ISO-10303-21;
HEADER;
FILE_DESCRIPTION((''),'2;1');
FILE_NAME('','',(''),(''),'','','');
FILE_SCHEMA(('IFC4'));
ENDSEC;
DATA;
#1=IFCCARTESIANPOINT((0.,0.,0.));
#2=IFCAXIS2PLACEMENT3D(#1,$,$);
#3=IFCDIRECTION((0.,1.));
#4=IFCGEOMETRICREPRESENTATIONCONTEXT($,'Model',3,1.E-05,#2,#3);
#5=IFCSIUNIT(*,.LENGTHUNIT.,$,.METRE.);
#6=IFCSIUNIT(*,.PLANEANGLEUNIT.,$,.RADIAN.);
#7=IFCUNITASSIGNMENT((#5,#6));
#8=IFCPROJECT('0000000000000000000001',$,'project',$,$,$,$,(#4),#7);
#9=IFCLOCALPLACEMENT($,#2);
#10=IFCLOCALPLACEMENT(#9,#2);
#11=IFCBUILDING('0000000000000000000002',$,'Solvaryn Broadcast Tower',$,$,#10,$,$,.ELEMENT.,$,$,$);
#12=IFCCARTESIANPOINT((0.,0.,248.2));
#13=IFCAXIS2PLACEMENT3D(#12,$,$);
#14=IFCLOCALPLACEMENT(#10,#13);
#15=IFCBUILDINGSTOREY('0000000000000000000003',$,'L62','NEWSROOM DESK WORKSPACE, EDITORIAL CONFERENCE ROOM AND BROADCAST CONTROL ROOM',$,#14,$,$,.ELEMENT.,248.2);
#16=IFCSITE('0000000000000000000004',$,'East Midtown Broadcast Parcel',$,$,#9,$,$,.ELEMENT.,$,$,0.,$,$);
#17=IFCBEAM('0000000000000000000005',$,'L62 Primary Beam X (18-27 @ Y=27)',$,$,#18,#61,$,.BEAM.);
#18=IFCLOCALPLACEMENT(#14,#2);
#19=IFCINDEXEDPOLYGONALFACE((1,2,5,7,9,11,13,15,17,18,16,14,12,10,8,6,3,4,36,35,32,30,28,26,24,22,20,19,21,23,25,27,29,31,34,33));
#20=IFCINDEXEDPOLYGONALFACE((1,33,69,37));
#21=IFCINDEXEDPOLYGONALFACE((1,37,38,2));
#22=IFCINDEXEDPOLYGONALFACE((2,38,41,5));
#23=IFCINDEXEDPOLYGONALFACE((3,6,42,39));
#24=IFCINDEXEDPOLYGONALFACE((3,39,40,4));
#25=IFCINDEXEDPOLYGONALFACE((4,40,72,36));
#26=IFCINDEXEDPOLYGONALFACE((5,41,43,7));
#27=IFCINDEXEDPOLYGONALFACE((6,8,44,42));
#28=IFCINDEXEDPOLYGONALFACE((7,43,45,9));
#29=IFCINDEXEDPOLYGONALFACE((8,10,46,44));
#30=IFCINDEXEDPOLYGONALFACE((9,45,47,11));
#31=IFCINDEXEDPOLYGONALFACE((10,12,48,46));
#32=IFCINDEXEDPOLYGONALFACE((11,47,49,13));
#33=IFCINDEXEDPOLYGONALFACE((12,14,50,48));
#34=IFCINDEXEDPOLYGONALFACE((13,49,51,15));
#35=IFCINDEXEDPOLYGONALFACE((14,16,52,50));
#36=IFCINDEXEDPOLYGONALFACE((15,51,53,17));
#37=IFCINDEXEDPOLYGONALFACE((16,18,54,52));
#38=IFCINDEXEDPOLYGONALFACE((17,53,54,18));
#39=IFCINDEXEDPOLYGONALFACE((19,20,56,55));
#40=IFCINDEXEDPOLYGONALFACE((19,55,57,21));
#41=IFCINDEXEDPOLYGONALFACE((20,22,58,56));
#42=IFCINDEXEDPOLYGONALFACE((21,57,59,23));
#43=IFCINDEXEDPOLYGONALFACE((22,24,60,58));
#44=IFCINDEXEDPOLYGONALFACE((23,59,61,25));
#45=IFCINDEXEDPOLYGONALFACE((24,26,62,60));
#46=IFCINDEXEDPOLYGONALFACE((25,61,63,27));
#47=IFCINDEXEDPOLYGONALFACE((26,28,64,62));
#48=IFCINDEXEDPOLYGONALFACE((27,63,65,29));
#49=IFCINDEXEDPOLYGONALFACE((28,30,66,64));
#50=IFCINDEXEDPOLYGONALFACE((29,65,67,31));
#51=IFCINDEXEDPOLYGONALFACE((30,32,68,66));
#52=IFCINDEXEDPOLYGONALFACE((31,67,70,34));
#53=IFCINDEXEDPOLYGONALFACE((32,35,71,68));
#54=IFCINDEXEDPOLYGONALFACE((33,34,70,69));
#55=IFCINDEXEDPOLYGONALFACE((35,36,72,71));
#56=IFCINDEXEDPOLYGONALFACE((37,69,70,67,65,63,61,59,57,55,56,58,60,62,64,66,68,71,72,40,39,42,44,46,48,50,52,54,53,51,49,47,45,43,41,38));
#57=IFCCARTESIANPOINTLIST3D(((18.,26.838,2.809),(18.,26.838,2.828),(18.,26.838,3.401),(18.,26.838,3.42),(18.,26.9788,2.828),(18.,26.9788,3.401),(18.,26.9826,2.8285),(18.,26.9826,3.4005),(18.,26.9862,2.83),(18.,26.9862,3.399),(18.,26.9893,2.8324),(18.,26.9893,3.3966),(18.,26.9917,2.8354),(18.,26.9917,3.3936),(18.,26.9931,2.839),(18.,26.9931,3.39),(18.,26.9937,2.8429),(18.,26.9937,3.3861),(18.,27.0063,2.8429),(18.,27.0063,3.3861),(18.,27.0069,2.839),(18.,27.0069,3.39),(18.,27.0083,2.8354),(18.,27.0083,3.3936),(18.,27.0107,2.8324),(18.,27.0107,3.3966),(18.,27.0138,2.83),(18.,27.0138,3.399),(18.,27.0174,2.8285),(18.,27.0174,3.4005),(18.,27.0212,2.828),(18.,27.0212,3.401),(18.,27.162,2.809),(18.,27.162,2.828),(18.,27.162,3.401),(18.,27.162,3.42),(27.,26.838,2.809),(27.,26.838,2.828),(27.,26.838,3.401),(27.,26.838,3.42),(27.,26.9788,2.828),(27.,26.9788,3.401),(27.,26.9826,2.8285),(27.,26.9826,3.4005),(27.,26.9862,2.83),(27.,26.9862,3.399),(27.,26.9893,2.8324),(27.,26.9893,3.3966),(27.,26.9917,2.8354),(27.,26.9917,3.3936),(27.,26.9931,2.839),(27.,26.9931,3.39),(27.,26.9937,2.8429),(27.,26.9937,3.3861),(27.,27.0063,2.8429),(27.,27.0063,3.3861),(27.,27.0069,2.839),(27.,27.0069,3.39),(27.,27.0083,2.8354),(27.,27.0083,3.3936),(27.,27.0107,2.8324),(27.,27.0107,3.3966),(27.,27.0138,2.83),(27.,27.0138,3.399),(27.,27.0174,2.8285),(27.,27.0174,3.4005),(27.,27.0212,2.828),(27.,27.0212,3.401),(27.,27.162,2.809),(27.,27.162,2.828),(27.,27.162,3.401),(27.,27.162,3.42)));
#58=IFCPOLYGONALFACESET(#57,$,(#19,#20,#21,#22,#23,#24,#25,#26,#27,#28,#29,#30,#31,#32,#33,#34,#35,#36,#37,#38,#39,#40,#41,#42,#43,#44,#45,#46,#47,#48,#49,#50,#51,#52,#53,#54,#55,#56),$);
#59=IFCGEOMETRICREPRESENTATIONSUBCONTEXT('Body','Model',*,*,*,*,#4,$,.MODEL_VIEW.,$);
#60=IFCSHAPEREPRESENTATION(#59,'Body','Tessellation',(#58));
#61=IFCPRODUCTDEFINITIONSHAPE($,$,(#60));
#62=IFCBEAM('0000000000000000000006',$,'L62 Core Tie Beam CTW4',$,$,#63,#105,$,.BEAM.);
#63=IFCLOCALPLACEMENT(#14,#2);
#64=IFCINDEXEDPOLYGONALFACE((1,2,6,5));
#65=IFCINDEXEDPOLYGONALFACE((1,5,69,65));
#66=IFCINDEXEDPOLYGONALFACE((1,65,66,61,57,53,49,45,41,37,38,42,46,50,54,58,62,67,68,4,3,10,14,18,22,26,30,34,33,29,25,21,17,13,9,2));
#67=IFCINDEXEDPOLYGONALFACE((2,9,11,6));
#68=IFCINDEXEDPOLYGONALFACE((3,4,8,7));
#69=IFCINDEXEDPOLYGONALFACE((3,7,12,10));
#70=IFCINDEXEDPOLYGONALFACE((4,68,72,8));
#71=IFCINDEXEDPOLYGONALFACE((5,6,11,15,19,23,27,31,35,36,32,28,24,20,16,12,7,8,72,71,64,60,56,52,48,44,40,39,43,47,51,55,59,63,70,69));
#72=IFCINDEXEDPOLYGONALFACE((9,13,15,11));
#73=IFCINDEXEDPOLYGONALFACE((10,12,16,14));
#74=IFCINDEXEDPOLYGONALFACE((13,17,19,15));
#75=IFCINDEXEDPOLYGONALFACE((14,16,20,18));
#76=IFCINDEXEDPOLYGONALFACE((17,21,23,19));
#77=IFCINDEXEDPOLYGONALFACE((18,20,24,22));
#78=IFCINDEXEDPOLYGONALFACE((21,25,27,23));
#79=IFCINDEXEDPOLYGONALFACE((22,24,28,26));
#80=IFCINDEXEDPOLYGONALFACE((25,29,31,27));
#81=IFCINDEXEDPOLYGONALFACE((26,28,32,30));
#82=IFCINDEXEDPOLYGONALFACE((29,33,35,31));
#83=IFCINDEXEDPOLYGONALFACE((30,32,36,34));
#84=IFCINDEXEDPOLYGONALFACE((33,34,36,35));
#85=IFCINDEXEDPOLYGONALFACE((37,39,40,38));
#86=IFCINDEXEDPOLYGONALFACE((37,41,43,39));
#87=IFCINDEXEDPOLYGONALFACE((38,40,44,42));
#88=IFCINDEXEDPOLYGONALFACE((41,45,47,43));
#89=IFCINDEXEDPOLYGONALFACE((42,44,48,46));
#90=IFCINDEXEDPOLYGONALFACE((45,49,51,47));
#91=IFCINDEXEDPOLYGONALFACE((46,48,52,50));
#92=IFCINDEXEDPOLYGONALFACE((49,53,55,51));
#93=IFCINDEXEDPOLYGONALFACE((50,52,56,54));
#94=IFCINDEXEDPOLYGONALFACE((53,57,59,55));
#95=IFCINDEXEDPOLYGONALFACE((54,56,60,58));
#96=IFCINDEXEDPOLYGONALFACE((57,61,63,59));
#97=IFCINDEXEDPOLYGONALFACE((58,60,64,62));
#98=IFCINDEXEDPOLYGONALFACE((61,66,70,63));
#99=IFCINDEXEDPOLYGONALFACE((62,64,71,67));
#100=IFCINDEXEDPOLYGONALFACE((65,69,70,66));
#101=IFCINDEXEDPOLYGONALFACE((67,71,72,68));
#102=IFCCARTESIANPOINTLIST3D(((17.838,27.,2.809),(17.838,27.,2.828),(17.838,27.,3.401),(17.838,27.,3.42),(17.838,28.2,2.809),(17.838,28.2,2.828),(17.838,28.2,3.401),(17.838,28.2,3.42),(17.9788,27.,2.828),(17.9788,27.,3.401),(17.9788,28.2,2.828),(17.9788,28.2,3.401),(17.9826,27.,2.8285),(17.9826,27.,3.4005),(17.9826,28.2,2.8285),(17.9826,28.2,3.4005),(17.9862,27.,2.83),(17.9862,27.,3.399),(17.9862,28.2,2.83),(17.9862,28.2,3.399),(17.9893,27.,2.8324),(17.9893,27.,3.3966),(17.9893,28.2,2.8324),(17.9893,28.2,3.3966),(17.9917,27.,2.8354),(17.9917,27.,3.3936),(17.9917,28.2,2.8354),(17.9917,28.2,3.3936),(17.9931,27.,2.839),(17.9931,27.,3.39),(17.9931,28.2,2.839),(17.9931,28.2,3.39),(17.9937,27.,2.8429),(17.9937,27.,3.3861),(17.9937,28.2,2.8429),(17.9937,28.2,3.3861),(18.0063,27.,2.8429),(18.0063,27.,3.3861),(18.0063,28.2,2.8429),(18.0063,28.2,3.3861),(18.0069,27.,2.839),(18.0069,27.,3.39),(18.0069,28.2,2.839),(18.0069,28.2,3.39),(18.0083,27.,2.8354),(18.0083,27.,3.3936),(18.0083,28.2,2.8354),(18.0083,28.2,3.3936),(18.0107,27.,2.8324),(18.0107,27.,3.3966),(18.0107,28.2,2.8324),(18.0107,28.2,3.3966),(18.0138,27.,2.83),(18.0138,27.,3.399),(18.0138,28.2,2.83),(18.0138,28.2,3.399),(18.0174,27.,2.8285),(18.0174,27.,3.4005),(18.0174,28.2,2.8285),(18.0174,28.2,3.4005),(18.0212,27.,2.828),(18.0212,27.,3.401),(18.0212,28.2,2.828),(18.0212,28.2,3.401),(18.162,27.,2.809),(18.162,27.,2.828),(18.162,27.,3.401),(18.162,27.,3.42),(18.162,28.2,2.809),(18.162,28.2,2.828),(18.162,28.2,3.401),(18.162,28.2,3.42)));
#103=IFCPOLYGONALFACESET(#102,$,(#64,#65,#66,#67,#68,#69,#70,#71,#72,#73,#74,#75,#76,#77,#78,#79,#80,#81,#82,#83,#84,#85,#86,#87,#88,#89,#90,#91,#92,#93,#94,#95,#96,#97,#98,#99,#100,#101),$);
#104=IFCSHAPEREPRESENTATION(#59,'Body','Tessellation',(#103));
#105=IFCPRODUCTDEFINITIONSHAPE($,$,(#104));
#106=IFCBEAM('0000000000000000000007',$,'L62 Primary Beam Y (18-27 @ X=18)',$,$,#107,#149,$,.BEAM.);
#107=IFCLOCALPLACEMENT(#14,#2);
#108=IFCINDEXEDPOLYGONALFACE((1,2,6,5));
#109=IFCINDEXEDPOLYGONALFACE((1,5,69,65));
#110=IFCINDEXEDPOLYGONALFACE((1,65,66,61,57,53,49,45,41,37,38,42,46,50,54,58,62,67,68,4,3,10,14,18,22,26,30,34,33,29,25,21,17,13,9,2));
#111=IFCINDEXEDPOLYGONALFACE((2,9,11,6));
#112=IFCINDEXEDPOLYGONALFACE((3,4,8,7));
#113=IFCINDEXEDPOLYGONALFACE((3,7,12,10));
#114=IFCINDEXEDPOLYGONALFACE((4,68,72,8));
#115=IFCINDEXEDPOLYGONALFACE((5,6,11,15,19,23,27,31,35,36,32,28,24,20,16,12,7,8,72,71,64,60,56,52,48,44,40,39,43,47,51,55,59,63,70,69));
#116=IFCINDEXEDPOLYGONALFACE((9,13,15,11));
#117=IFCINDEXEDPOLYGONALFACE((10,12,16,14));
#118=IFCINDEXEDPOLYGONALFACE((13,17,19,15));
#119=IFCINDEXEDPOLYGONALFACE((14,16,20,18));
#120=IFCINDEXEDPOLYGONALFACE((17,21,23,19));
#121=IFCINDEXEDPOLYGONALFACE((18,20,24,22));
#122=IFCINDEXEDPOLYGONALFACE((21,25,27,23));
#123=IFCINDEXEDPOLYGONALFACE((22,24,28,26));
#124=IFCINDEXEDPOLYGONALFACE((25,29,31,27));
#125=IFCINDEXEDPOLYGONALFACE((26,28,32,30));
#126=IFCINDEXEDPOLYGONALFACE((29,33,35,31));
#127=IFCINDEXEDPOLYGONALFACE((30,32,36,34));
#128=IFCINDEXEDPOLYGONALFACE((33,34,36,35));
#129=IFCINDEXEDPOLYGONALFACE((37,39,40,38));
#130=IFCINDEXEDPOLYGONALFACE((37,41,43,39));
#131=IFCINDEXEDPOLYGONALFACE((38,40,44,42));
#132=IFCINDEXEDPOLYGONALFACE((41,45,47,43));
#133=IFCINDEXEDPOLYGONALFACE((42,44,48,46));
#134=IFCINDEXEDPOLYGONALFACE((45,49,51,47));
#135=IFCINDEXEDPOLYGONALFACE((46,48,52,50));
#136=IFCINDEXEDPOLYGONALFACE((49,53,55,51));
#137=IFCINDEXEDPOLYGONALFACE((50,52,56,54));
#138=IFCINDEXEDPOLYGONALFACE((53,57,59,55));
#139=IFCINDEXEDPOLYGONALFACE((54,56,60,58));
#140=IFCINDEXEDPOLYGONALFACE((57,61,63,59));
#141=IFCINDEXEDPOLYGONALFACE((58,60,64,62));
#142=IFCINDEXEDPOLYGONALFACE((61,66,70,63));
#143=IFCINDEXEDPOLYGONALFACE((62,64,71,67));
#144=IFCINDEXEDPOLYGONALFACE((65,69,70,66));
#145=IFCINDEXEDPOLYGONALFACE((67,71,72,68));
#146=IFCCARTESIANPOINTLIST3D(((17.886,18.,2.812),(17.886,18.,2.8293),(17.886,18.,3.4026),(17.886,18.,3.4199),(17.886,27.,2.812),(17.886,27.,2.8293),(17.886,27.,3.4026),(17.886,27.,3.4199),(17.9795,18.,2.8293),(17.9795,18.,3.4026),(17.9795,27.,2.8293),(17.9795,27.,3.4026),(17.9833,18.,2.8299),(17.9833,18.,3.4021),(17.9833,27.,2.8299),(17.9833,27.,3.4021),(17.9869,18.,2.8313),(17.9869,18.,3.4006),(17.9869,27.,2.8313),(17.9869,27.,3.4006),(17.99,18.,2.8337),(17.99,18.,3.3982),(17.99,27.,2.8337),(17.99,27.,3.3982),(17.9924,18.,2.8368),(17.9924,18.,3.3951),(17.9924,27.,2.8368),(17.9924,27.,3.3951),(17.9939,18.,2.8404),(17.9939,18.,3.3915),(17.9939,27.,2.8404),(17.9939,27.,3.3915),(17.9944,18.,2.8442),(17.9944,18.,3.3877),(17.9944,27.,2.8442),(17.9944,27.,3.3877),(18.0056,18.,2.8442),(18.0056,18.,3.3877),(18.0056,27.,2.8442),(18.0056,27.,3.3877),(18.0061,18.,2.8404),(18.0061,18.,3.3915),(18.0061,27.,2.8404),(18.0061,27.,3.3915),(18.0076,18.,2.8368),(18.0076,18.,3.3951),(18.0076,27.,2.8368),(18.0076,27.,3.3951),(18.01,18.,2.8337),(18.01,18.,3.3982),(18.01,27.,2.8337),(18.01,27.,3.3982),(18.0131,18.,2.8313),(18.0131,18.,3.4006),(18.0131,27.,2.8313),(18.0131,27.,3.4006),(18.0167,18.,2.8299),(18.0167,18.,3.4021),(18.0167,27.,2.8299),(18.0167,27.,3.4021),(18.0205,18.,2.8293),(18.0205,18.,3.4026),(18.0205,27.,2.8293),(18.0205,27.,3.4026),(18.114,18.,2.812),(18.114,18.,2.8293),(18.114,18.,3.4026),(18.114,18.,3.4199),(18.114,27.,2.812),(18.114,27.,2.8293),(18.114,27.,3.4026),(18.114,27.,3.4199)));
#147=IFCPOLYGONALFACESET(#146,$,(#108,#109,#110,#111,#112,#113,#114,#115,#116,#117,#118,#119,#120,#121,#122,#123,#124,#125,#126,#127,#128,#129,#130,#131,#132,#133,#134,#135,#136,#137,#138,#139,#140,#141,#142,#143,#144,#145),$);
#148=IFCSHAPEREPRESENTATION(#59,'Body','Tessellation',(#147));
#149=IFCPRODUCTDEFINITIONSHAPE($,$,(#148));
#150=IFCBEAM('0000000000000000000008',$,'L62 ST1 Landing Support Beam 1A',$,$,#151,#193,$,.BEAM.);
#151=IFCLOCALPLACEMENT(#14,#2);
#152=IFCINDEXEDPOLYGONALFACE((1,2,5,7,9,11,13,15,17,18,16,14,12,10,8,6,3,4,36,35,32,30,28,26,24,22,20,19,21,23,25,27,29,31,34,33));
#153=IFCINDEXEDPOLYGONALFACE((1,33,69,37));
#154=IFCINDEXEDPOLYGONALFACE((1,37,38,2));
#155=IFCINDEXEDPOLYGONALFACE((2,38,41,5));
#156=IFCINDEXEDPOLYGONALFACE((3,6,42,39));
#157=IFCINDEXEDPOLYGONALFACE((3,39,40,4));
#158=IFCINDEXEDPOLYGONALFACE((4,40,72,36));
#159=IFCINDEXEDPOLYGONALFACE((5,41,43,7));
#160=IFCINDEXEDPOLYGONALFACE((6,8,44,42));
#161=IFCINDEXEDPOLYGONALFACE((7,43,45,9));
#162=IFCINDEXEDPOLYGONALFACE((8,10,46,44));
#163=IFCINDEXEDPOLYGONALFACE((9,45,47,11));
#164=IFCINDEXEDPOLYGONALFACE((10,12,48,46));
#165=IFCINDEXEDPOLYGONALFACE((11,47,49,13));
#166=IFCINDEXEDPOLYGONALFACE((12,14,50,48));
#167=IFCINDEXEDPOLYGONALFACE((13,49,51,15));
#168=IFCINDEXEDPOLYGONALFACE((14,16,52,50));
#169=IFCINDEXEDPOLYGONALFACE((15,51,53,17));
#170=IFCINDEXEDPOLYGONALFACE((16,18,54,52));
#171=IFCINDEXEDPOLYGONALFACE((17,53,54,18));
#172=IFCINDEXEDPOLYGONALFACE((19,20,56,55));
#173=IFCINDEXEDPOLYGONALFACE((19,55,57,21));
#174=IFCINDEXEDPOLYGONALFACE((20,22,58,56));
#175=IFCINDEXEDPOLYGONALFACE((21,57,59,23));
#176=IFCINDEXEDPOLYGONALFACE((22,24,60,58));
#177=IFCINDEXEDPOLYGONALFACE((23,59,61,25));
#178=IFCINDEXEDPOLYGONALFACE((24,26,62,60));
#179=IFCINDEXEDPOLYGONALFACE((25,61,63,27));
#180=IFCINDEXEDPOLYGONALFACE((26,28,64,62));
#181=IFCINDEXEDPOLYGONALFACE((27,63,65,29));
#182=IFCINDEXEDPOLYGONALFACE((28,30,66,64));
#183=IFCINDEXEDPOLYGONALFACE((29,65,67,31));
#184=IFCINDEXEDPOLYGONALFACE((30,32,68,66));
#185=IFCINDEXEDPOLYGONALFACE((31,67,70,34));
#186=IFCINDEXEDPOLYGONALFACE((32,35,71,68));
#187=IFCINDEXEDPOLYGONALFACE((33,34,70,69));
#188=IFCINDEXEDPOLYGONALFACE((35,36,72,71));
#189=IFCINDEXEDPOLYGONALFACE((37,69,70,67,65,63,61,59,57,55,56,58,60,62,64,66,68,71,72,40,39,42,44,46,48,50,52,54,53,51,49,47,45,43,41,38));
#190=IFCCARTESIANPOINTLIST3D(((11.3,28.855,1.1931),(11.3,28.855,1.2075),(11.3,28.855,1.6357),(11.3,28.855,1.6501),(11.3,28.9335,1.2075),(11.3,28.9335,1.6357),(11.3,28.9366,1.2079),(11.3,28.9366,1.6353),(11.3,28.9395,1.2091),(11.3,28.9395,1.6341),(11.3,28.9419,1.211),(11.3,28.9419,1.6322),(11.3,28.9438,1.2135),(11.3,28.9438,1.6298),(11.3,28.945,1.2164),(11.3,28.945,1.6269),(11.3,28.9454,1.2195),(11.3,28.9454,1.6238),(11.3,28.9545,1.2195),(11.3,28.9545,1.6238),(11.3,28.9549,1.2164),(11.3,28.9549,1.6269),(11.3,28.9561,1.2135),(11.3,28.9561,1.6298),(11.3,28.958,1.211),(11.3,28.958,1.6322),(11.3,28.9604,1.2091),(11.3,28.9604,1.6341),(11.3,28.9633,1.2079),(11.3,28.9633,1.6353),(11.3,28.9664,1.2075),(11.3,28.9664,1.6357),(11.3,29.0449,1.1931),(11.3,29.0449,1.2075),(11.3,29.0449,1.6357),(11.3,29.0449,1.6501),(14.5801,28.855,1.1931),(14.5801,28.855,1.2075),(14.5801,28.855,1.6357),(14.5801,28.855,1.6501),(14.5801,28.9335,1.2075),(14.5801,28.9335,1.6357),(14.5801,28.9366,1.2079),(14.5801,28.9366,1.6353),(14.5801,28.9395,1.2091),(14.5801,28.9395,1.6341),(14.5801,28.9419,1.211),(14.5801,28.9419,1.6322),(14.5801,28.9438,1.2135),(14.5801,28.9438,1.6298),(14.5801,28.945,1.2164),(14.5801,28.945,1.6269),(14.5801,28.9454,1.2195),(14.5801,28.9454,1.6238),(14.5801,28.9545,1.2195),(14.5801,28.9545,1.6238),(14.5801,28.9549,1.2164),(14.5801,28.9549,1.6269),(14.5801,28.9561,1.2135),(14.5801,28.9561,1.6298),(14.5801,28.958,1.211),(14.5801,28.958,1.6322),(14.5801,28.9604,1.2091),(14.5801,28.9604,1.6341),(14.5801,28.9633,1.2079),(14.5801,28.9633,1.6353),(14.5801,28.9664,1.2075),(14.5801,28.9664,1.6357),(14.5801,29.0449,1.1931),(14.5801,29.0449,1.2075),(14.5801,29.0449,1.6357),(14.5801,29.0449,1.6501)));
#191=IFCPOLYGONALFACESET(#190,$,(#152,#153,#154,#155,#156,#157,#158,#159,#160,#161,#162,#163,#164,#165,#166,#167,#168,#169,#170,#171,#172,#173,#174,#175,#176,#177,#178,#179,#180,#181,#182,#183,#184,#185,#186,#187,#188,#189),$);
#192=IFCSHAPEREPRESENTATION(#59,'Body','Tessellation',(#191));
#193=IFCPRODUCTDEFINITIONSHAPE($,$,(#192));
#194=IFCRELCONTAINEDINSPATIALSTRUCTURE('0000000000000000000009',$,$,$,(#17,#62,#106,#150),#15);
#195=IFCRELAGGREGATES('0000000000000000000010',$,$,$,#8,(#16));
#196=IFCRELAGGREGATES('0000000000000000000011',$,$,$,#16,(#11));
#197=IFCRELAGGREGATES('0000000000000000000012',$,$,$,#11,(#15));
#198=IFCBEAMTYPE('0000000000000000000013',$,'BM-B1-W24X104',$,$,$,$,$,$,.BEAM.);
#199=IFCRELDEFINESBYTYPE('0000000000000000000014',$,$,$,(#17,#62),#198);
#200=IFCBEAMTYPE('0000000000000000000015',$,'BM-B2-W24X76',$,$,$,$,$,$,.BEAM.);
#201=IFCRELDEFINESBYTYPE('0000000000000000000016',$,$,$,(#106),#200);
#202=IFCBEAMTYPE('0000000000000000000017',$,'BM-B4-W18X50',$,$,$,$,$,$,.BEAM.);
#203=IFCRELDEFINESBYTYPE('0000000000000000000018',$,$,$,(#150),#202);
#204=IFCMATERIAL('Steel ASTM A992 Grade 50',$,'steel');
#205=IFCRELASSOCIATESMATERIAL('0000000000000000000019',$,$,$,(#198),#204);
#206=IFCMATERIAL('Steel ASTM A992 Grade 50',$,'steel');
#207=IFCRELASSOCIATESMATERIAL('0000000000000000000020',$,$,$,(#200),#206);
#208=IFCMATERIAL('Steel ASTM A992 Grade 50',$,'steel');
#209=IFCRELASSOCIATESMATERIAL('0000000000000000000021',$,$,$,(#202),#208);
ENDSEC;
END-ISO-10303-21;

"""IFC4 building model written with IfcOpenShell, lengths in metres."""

from ifc_helpers import new_model, si_unit, direction, frame, origin, origin_2d, place, context, subcontext, project, spatial, i_section, extrude, material, material_profile, profile_set, type_object, element, save


model = new_model("IFC4")

# Units and contexts
model_context = context("Model", 3, precision=1e-05, world=origin(), true_north=direction((0.0, 1.0)))
body_context = subcontext(model_context, "Body", "Model", "MODEL_VIEW")
ifc_project = project(units=[si_unit("LENGTHUNIT", "METRE"), si_unit("PLANEANGLEUNIT", "RADIAN")], contexts=[model_context])

# Site, building, storey
site_placement = place(None, origin())
site = spatial("IfcSite", under=ifc_project, at=site_placement, Name="East Midtown Broadcast Parcel", CompositionType="ELEMENT", RefElevation=0.0)
building_placement = place(site_placement, origin())
building = spatial("IfcBuilding", under=site, at=building_placement, Name="Solvaryn Broadcast Tower", CompositionType="ELEMENT")
storey_placement = place(building_placement, frame((0.0, 0.0, 248.2)))
storey = spatial("IfcBuildingStorey", under=building, at=storey_placement, Name="L62", Description="NEWSROOM DESK WORKSPACE, EDITORIAL CONFERENCE ROOM AND BROADCAST CONTROL ROOM", CompositionType="ELEMENT", Elevation=248.2)

# Beams
ifc_material_1 = material(Name="Steel ASTM A992 Grade 50", Category="steel")
ifc_material_profile_1 = material_profile(ifc_material_1, i_section(OverallWidth=0.324, OverallDepth=0.6111, WebThickness=0.0127, FlangeThickness=0.019, FilletRadius=0.0149, at=origin_2d()))
ifc_profile_set_1 = profile_set([ifc_material_profile_1], Name="Steel ASTM A992 Grade 50")
beam_type_1 = type_object("IfcBeamType", Name="BM-B1-W24X104", PredefinedType="BEAM", material=ifc_profile_set_1)
for number, where, z_axis, x_axis, name in (
    (1, (18.0, 27.0, 3.1145), (1.0, 0.0, 0.0), (0.0, 1.0, 0.0), "L62 Primary Beam X (18-27 @ Y=27)"),
):
    element("IfcBeam", number, at=place(storey_placement, frame(where, z_axis=z_axis, x_axis=x_axis)), inside=storey, type_object=beam_type_1, Name=name, PredefinedType="BEAM", context=body_context, shape_type="SweptSolid", body=[
        extrude(i_section(OverallWidth=0.324, OverallDepth=0.6111, WebThickness=0.0127, FlangeThickness=0.019, FilletRadius=0.0149, at=origin_2d()), origin(), (0.0, 0.0, 1.0), 9.0),
    ])
beam_1_placement = place(storey_placement, frame((18.0, 27.0, 3.1145), z_axis=(0.0, 1.0, 0.0), x_axis=(-1.0, 0.0, 0.0)))
element("IfcBeam", 2, at=beam_1_placement, inside=storey, type_object=beam_type_1, Name="L62 Core Tie Beam CTW4", PredefinedType="BEAM", context=body_context, shape_type="SweptSolid", body=[
    extrude(i_section(OverallWidth=0.324, OverallDepth=0.6111, WebThickness=0.0127, FlangeThickness=0.019, FilletRadius=0.0149, at=origin_2d()), origin(), (0.0, 0.0, 1.0), 1.2),
])
ifc_material_2 = material(Name="Steel ASTM A992 Grade 50", Category="steel")
ifc_material_profile_2 = material_profile(ifc_material_2, i_section(OverallWidth=0.228, OverallDepth=0.6079, WebThickness=0.0112, FlangeThickness=0.0173, FilletRadius=0.0149, at=origin_2d()))
ifc_profile_set_2 = profile_set([ifc_material_profile_2], Name="Steel ASTM A992 Grade 50")
beam_type_2 = type_object("IfcBeamType", Name="BM-B2-W24X76", PredefinedType="BEAM", material=ifc_profile_set_2)
beam_2_placement = place(storey_placement, frame((18.0, 18.0, 3.116), z_axis=(0.0, 1.0, 0.0), x_axis=(-1.0, 0.0, 0.0)))
element("IfcBeam", 3, at=beam_2_placement, inside=storey, type_object=beam_type_2, Name="L62 Primary Beam Y (18-27 @ X=18)", PredefinedType="BEAM", context=body_context, shape_type="SweptSolid", body=[
    extrude(i_section(OverallWidth=0.228, OverallDepth=0.6079, WebThickness=0.0112, FlangeThickness=0.0173, FilletRadius=0.0149, at=origin_2d()), origin(), (0.0, 0.0, 1.0), 9.0),
])
ifc_material_3 = material(Name="Steel ASTM A992 Grade 50", Category="steel")
ifc_material_profile_3 = material_profile(ifc_material_3, i_section(OverallWidth=0.1899, OverallDepth=0.457, WebThickness=0.009, FlangeThickness=0.0144, FilletRadius=0.012, at=origin_2d()))
ifc_profile_set_3 = profile_set([ifc_material_profile_3], Name="Steel ASTM A992 Grade 50")
beam_type_3 = type_object("IfcBeamType", Name="BM-B4-W18X50", PredefinedType="BEAM", material=ifc_profile_set_3)
beam_3_placement = place(storey_placement, frame((11.3, 28.95, 1.4216), z_axis=(1.0, 0.0, 0.0), x_axis=(0.0, 1.0, 0.0)))
element("IfcBeam", 4, at=beam_3_placement, inside=storey, type_object=beam_type_3, Name="L62 ST1 Landing Support Beam 1A", PredefinedType="BEAM", context=body_context, shape_type="SweptSolid", body=[
    extrude(i_section(OverallWidth=0.1899, OverallDepth=0.457, WebThickness=0.009, FlangeThickness=0.0144, FilletRadius=0.012, at=origin_2d()), origin(), (0.0, 0.0, 1.0), 3.28),
])

save(model, "model.ifc")
